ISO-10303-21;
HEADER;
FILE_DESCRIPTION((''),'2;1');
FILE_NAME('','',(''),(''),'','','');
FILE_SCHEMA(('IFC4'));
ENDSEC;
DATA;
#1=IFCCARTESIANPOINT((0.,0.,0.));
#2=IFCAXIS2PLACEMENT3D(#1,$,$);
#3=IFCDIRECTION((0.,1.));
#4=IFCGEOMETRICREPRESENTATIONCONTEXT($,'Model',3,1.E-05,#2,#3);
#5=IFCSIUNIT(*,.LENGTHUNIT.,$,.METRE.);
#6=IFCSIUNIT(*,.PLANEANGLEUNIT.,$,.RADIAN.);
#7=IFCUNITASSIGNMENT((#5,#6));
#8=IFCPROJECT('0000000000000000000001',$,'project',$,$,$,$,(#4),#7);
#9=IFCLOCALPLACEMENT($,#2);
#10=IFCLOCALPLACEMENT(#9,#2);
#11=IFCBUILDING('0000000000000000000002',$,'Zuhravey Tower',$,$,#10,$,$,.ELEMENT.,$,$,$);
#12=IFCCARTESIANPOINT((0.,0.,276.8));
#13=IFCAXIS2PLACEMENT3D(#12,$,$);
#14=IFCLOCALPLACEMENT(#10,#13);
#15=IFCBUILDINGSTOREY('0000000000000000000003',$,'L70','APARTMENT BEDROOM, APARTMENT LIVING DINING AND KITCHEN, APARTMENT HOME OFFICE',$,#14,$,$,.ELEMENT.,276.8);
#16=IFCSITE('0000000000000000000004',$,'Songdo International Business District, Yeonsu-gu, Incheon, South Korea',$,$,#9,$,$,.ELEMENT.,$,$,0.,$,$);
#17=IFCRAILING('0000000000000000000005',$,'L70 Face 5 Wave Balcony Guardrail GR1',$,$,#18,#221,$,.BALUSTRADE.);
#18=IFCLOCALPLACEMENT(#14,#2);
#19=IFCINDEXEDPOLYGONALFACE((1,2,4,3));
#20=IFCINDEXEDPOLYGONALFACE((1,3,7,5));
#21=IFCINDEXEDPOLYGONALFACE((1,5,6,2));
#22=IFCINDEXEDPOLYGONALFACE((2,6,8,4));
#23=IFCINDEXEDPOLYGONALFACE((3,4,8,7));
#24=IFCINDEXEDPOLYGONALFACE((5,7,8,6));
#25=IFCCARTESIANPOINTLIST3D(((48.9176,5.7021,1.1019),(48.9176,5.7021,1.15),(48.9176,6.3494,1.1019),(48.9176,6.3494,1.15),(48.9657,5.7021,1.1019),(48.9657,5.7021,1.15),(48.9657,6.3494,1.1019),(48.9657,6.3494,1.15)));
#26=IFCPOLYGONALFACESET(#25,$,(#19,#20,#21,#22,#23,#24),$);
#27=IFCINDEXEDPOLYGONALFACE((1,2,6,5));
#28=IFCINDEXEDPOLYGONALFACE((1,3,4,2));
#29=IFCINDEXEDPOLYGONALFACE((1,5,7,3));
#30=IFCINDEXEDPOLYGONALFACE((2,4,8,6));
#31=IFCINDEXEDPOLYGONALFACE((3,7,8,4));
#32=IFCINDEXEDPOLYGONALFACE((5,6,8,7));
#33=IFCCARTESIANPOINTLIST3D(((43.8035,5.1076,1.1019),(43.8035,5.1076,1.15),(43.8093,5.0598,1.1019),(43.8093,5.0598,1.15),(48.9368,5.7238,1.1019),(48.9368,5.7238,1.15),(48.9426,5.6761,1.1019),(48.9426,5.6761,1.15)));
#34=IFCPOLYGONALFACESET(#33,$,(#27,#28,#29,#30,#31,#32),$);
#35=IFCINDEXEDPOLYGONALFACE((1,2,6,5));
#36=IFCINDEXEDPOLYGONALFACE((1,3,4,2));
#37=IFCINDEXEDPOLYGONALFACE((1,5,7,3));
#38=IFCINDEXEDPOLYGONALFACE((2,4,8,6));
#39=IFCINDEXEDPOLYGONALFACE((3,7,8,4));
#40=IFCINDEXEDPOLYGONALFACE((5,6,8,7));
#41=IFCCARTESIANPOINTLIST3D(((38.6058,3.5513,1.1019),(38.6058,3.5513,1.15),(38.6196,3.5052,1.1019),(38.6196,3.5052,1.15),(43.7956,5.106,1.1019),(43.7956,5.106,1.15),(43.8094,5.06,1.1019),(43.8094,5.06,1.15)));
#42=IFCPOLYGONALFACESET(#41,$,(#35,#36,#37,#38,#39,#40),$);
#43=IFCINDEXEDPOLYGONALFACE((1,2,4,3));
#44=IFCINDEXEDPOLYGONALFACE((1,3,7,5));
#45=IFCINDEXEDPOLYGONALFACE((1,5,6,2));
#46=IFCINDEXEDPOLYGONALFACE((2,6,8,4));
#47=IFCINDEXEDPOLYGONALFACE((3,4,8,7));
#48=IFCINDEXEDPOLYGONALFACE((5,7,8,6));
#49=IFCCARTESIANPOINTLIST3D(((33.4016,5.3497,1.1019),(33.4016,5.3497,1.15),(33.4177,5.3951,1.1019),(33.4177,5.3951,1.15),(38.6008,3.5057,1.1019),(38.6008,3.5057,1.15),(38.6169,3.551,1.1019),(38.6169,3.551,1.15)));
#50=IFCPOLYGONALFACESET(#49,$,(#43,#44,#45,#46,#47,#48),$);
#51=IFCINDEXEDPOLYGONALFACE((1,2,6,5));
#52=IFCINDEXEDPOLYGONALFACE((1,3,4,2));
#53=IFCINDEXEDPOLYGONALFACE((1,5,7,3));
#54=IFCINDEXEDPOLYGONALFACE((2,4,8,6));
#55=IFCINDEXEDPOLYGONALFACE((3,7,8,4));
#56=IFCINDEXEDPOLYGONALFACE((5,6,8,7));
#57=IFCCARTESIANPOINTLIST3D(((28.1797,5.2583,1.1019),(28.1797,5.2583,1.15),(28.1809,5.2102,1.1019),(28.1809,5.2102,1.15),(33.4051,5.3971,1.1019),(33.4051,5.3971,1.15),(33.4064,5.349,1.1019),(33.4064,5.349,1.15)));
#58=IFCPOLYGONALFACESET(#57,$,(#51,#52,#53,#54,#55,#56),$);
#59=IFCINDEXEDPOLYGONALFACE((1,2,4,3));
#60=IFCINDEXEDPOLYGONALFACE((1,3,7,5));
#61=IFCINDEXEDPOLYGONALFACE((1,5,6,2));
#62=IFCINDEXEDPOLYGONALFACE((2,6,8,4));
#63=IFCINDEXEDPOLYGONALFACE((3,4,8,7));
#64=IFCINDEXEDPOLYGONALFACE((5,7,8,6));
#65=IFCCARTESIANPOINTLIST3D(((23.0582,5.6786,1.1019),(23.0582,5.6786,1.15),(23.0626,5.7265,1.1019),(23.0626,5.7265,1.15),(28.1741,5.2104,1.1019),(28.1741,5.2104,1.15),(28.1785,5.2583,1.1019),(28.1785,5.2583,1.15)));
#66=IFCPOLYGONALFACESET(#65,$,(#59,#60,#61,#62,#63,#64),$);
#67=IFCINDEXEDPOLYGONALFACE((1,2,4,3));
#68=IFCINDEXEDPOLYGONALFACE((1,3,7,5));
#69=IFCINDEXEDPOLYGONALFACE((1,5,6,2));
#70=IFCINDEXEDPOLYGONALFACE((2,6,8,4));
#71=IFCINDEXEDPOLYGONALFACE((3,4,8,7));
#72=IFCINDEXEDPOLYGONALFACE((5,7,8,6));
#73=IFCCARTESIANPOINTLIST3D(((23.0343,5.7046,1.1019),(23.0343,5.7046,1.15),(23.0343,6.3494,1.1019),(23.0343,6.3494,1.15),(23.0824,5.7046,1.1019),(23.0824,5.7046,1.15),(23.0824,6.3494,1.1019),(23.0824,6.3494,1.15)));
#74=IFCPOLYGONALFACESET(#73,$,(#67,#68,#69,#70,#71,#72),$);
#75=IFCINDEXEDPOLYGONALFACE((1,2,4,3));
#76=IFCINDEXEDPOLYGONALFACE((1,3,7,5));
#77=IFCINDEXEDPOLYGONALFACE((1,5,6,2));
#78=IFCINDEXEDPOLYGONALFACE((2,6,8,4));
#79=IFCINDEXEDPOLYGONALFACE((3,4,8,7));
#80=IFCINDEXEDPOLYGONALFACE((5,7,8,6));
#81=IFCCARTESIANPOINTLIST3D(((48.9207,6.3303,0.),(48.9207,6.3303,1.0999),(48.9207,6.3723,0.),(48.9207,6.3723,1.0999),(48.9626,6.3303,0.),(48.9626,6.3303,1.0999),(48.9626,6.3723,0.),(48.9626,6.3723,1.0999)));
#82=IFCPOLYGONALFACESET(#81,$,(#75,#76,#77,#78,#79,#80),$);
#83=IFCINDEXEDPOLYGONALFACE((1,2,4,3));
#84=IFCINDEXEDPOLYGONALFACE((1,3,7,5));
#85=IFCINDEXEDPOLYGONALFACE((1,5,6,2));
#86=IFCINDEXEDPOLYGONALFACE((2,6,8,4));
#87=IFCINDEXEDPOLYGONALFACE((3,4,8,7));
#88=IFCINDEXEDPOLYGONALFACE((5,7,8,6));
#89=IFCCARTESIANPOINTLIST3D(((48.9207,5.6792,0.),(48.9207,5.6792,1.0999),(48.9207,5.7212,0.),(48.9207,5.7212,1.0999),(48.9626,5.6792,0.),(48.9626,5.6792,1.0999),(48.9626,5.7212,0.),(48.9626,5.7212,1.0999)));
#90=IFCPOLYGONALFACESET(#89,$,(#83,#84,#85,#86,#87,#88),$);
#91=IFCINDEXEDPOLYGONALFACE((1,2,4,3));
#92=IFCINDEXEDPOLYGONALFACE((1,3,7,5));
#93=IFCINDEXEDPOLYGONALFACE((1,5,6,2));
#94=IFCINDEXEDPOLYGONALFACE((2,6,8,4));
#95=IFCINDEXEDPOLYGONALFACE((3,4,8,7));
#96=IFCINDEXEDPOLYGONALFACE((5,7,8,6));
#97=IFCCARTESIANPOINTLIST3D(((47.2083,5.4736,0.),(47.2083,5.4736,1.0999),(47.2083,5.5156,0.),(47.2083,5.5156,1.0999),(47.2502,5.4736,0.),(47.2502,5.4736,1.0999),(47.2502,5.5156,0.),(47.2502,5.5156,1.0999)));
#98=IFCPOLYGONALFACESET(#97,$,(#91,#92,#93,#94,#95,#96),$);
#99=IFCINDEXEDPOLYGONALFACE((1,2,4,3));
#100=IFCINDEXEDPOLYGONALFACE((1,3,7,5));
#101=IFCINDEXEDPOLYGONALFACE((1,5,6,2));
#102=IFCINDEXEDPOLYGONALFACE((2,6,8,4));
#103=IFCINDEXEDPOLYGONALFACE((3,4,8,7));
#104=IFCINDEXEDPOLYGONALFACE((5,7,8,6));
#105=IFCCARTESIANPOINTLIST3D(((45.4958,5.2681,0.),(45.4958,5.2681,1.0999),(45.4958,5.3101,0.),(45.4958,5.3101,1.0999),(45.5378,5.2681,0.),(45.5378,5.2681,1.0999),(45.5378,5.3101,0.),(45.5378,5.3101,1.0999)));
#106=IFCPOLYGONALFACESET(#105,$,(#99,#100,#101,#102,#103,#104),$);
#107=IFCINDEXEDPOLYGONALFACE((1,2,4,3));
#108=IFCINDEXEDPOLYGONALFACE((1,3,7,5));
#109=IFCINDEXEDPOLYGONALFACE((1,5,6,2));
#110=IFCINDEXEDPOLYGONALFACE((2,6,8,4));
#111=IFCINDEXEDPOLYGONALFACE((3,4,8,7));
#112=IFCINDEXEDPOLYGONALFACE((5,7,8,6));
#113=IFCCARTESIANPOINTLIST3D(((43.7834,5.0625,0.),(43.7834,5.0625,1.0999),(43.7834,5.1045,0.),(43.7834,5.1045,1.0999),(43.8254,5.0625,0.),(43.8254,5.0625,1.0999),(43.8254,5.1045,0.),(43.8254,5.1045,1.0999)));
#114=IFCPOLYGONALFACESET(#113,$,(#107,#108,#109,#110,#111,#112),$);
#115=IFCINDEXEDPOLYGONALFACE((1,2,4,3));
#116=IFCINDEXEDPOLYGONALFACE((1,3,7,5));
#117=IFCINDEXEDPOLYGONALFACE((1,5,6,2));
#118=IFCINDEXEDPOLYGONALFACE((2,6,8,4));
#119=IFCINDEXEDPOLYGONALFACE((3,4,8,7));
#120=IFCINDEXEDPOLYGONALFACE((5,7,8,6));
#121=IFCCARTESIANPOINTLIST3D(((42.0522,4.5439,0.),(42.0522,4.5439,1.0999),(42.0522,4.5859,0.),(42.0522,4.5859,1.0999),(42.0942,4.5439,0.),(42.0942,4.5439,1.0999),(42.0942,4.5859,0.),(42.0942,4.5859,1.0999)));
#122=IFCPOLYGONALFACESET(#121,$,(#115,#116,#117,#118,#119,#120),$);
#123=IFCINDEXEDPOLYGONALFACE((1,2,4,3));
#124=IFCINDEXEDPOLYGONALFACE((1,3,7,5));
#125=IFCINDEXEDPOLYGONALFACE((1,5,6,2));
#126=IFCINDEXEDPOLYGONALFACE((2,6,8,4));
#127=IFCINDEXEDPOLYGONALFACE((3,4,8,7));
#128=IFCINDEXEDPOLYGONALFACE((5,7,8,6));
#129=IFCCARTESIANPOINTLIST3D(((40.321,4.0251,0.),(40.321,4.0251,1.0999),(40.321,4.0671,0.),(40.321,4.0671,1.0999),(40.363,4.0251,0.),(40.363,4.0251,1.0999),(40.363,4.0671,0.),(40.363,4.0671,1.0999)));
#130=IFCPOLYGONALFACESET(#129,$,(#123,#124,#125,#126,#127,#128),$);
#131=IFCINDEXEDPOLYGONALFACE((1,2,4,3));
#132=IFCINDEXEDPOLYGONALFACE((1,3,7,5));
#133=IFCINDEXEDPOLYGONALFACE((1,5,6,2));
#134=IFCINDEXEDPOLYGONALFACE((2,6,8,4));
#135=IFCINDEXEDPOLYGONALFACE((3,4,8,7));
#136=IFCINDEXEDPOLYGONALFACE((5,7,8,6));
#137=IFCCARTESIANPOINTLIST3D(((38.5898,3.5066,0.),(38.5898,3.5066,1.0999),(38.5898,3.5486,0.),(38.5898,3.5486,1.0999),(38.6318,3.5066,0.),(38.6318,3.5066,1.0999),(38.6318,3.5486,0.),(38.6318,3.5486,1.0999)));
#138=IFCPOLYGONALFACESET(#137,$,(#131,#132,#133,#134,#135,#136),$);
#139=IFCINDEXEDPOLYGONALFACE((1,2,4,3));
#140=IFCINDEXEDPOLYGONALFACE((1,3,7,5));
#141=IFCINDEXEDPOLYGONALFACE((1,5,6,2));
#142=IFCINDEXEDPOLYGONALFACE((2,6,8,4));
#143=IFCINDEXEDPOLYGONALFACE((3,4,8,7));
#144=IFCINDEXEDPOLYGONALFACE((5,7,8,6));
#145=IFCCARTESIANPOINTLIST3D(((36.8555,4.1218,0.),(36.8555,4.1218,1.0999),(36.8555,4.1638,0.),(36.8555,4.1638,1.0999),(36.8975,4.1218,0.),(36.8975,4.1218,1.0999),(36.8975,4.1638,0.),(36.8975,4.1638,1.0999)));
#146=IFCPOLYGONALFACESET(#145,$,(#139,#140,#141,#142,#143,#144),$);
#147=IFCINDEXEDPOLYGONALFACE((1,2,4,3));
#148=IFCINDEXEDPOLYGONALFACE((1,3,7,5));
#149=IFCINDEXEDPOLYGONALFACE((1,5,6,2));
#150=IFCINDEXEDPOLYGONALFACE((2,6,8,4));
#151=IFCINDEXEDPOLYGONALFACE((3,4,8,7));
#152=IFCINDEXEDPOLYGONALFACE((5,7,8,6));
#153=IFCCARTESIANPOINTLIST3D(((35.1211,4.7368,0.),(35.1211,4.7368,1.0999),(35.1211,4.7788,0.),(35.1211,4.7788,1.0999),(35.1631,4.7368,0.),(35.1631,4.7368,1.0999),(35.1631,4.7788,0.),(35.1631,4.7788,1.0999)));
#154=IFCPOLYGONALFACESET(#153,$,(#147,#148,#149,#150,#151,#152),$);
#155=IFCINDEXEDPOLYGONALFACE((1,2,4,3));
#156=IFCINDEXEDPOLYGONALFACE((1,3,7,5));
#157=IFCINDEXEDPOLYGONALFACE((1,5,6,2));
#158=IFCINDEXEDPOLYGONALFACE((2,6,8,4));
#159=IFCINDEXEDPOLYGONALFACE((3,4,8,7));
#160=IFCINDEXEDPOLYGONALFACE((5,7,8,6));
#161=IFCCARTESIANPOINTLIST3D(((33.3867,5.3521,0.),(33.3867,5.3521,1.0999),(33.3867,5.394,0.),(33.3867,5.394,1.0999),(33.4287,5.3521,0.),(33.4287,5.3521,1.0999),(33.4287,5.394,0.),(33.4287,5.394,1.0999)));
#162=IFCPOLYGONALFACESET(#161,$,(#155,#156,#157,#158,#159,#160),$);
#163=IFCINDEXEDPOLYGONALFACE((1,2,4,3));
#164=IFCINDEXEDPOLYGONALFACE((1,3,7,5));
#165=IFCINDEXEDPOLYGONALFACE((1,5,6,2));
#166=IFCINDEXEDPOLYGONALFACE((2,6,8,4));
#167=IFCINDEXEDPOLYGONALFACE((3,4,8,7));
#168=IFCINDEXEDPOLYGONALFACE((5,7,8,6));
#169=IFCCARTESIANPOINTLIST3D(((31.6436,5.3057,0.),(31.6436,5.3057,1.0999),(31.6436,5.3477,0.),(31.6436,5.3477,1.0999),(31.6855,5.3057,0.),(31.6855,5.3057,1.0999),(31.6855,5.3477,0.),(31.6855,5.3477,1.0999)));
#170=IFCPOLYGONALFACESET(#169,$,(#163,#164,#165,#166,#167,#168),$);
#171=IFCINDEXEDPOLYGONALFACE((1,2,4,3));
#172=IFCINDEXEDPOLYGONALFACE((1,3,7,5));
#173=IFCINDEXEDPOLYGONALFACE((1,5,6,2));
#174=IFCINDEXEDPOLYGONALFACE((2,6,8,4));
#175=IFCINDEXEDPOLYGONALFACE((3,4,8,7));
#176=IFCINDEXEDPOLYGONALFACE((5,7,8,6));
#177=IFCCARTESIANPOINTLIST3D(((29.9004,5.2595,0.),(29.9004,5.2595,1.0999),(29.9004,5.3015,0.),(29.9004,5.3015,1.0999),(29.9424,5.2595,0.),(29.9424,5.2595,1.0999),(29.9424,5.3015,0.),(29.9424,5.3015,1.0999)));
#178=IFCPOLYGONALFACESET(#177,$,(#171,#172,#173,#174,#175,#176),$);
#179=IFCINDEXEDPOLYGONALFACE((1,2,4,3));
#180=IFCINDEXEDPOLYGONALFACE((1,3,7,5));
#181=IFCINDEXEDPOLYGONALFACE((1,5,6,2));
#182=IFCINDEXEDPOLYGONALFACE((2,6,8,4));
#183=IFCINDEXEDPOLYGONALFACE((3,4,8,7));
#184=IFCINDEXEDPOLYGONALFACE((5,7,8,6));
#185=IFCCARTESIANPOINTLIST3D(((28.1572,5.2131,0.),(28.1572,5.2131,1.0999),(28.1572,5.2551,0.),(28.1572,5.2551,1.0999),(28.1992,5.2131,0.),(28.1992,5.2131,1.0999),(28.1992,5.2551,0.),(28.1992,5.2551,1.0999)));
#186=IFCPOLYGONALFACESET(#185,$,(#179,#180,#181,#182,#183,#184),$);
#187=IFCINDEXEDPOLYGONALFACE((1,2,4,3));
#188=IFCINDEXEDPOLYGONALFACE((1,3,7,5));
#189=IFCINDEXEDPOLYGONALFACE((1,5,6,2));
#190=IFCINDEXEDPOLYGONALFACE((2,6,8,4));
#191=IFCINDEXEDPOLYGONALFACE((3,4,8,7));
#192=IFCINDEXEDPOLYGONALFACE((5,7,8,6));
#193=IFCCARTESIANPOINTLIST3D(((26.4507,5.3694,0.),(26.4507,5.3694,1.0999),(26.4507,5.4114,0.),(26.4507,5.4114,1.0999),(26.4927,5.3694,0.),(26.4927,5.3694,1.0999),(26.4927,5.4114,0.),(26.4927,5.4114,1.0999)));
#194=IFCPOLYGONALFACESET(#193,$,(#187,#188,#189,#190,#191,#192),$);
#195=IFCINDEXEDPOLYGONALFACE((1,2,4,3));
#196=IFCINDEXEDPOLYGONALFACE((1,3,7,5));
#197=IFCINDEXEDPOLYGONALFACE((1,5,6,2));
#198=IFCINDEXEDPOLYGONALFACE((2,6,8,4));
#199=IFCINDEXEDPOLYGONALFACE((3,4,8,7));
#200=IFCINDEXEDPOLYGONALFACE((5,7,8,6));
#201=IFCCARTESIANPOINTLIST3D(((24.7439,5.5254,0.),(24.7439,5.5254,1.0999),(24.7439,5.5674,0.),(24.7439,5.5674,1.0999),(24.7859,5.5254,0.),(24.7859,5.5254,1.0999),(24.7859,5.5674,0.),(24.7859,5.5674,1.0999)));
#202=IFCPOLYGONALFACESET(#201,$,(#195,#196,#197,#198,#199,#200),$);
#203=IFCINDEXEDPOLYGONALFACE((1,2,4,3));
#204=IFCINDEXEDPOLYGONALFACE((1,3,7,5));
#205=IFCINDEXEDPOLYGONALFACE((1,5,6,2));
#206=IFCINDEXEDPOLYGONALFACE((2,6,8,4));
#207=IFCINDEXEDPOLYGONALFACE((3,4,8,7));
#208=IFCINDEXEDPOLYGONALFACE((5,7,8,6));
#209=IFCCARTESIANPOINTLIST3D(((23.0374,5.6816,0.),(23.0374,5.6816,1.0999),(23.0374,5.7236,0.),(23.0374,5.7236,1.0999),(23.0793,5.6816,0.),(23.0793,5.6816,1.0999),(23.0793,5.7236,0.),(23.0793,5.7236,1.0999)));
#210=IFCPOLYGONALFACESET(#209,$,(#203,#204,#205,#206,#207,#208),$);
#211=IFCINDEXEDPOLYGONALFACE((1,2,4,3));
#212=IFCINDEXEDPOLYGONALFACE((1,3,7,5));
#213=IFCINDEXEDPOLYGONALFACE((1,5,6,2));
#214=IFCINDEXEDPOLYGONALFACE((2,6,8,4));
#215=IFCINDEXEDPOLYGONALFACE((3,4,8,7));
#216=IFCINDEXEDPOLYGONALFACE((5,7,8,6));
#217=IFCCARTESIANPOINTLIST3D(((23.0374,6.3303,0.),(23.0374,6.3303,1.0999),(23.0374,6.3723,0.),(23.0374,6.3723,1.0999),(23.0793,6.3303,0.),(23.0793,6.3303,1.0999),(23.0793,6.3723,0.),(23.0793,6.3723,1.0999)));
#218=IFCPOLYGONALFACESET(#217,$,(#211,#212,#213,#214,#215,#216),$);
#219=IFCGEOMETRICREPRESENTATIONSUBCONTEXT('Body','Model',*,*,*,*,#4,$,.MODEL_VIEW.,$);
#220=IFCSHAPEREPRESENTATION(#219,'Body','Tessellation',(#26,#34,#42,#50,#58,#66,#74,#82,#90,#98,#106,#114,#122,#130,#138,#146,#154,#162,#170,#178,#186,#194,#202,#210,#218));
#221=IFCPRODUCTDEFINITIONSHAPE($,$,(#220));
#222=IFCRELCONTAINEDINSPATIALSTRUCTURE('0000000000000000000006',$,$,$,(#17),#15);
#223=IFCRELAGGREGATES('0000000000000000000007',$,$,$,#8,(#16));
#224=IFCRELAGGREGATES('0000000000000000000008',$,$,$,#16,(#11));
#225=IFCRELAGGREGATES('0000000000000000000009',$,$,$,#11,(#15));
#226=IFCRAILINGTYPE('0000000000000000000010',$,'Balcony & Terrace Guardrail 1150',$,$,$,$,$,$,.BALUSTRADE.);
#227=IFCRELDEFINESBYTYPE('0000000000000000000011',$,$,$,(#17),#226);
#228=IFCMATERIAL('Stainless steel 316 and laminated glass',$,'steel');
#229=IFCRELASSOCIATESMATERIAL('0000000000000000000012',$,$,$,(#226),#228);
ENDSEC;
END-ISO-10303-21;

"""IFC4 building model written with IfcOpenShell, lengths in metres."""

from ifc_helpers import new_model, si_unit, direction, frame, origin, origin_2d, place, context, subcontext, project, spatial, rectangle, extrude, material, type_object, element, save


model = new_model("IFC4")

# Units and contexts
model_context = context("Model", 3, precision=1e-05, world=origin(), true_north=direction((0.0, 1.0)))
body_context = subcontext(model_context, "Body", "Model", "MODEL_VIEW")
ifc_project = project(units=[si_unit("LENGTHUNIT", "METRE"), si_unit("PLANEANGLEUNIT", "RADIAN")], contexts=[model_context])

# Site, building, storey
site_placement = place(None, origin())
site = spatial("IfcSite", under=ifc_project, at=site_placement, Name="Songdo International Business District, Yeonsu-gu, Incheon, South Korea", CompositionType="ELEMENT", RefElevation=0.0)
building_placement = place(site_placement, origin())
building = spatial("IfcBuilding", under=site, at=building_placement, Name="Zuhravey Tower", CompositionType="ELEMENT")
storey_placement = place(building_placement, frame((0.0, 0.0, 276.8)))
storey = spatial("IfcBuildingStorey", under=building, at=storey_placement, Name="L70", Description="APARTMENT BEDROOM, APARTMENT LIVING DINING AND KITCHEN, APARTMENT HOME OFFICE", CompositionType="ELEMENT", Elevation=276.8)

# Railing
ifc_material_1 = material(Name="Stainless steel 316 and laminated glass", Category="steel")
railing_type = type_object("IfcRailingType", Name="Balcony & Terrace Guardrail 1150", PredefinedType="BALUSTRADE", material=ifc_material_1)
railing_placement = place(storey_placement, frame((48.9417, 6.3513, 0.0)))
element("IfcRailing", 1, at=railing_placement, inside=storey, type_object=railing_type, Name="L70 Face 5 Wave Balcony Guardrail GR1", PredefinedType="BALUSTRADE", context=body_context, shape_type="SweptSolid", body=[
    extrude(rectangle(XDim=0.0481, YDim=0.0481, at=origin_2d()), frame((0.0, -0.002, 1.126), z_axis=(0.0, -1.0, 0.0), x_axis=(1.0, 0.0, 0.0)), (0.0, 0.0, 1.0), 0.6472),
    extrude(rectangle(XDim=0.0481, YDim=0.0481, at=origin_2d()), frame((-0.002, -0.6514, 1.126), z_axis=(-0.992871, -0.11919, 0.0), x_axis=(0.11919, -0.992871, 0.0)), (0.0, 0.0, 1.0), 5.1702),
    extrude(rectangle(XDim=0.0481, YDim=0.0481, at=origin_2d()), frame((-5.1392, -1.2683, 1.126), z_axis=(-0.957937, -0.28698, 0.0), x_axis=(0.28698, -0.957937, 0.0)), (0.0, 0.0, 1.0), 5.4177),
    extrude(rectangle(XDim=0.0481, YDim=0.0481, at=origin_2d()), frame((-10.3328, -2.823, 1.126), z_axis=(-0.942474, 0.334279, 0.0), x_axis=(-0.334279, -0.942474, 0.0)), (0.0, 0.0, 1.0), 5.5166),
    extrude(rectangle(XDim=0.0481, YDim=0.0481, at=origin_2d()), frame((-15.5359, -0.9783, 1.126), z_axis=(-0.999647, -0.026555, 0.0), x_axis=(0.026555, -0.999647, 0.0)), (0.0, 0.0, 1.0), 5.2273),
    extrude(rectangle(XDim=0.0481, YDim=0.0481, at=origin_2d()), frame((-20.7654, -1.1169, 1.126), z_axis=(-0.995839, 0.091127, 0.0), x_axis=(-0.091127, -0.995839, 0.0)), (0.0, 0.0, 1.0), 5.1372),
    extrude(rectangle(XDim=0.0481, YDim=0.0481, at=origin_2d()), frame((-25.8833, -0.6467, 1.126), z_axis=(0.0, 1.0, 0.0), x_axis=(-1.0, 0.0, 0.0)), (0.0, 0.0, 1.0), 0.6448),
    extrude(rectangle(XDim=0.042, YDim=0.042, at=origin_2d()), origin(), (0.0, 0.0, 1.0), 1.0999),
    extrude(rectangle(XDim=0.042, YDim=0.042, at=origin_2d()), frame((0.0, -0.6511, 0.0)), (0.0, 0.0, 1.0), 1.0999),
    extrude(rectangle(XDim=0.042, YDim=0.042, at=origin_2d()), frame((-1.7124, -0.8567, 0.0)), (0.0, 0.0, 1.0), 1.0999),
    extrude(rectangle(XDim=0.042, YDim=0.042, at=origin_2d()), frame((-3.4248, -1.0623, 0.0)), (0.0, 0.0, 1.0), 1.0999),
    extrude(rectangle(XDim=0.042, YDim=0.042, at=origin_2d()), frame((-5.1372, -1.2678, 0.0)), (0.0, 0.0, 1.0), 1.0999),
    extrude(rectangle(XDim=0.042, YDim=0.042, at=origin_2d()), frame((-6.8684, -1.7864, 0.0)), (0.0, 0.0, 1.0), 1.0999),
    extrude(rectangle(XDim=0.042, YDim=0.042, at=origin_2d()), frame((-8.5996, -2.3052, 0.0)), (0.0, 0.0, 1.0), 1.0999),
    extrude(rectangle(XDim=0.042, YDim=0.042, at=origin_2d()), frame((-10.3308, -2.8237, 0.0)), (0.0, 0.0, 1.0), 1.0999),
    extrude(rectangle(XDim=0.042, YDim=0.042, at=origin_2d()), frame((-12.0652, -2.2085, 0.0)), (0.0, 0.0, 1.0), 1.0999),
    extrude(rectangle(XDim=0.042, YDim=0.042, at=origin_2d()), frame((-13.7996, -1.5935, 0.0)), (0.0, 0.0, 1.0), 1.0999),
    extrude(rectangle(XDim=0.042, YDim=0.042, at=origin_2d()), frame((-15.5339, -0.9783, 0.0)), (0.0, 0.0, 1.0), 1.0999),
    extrude(rectangle(XDim=0.042, YDim=0.042, at=origin_2d()), frame((-17.2771, -1.0247, 0.0)), (0.0, 0.0, 1.0), 1.0999),
    extrude(rectangle(XDim=0.042, YDim=0.042, at=origin_2d()), frame((-19.0203, -1.0708, 0.0)), (0.0, 0.0, 1.0), 1.0999),
    extrude(rectangle(XDim=0.042, YDim=0.042, at=origin_2d()), frame((-20.7634, -1.1172, 0.0)), (0.0, 0.0, 1.0), 1.0999),
    extrude(rectangle(XDim=0.042, YDim=0.042, at=origin_2d()), frame((-22.47, -0.9609, 0.0)), (0.0, 0.0, 1.0), 1.0999),
    extrude(rectangle(XDim=0.042, YDim=0.042, at=origin_2d()), frame((-24.1768, -0.8049, 0.0)), (0.0, 0.0, 1.0), 1.0999),
    extrude(rectangle(XDim=0.042, YDim=0.042, at=origin_2d()), frame((-25.8833, -0.6487, 0.0)), (0.0, 0.0, 1.0), 1.0999),
    extrude(rectangle(XDim=0.042, YDim=0.042, at=origin_2d()), frame((-25.8833, 0.0, 0.0)), (0.0, 0.0, 1.0), 1.0999),
])

save(model, "model.ifc")
